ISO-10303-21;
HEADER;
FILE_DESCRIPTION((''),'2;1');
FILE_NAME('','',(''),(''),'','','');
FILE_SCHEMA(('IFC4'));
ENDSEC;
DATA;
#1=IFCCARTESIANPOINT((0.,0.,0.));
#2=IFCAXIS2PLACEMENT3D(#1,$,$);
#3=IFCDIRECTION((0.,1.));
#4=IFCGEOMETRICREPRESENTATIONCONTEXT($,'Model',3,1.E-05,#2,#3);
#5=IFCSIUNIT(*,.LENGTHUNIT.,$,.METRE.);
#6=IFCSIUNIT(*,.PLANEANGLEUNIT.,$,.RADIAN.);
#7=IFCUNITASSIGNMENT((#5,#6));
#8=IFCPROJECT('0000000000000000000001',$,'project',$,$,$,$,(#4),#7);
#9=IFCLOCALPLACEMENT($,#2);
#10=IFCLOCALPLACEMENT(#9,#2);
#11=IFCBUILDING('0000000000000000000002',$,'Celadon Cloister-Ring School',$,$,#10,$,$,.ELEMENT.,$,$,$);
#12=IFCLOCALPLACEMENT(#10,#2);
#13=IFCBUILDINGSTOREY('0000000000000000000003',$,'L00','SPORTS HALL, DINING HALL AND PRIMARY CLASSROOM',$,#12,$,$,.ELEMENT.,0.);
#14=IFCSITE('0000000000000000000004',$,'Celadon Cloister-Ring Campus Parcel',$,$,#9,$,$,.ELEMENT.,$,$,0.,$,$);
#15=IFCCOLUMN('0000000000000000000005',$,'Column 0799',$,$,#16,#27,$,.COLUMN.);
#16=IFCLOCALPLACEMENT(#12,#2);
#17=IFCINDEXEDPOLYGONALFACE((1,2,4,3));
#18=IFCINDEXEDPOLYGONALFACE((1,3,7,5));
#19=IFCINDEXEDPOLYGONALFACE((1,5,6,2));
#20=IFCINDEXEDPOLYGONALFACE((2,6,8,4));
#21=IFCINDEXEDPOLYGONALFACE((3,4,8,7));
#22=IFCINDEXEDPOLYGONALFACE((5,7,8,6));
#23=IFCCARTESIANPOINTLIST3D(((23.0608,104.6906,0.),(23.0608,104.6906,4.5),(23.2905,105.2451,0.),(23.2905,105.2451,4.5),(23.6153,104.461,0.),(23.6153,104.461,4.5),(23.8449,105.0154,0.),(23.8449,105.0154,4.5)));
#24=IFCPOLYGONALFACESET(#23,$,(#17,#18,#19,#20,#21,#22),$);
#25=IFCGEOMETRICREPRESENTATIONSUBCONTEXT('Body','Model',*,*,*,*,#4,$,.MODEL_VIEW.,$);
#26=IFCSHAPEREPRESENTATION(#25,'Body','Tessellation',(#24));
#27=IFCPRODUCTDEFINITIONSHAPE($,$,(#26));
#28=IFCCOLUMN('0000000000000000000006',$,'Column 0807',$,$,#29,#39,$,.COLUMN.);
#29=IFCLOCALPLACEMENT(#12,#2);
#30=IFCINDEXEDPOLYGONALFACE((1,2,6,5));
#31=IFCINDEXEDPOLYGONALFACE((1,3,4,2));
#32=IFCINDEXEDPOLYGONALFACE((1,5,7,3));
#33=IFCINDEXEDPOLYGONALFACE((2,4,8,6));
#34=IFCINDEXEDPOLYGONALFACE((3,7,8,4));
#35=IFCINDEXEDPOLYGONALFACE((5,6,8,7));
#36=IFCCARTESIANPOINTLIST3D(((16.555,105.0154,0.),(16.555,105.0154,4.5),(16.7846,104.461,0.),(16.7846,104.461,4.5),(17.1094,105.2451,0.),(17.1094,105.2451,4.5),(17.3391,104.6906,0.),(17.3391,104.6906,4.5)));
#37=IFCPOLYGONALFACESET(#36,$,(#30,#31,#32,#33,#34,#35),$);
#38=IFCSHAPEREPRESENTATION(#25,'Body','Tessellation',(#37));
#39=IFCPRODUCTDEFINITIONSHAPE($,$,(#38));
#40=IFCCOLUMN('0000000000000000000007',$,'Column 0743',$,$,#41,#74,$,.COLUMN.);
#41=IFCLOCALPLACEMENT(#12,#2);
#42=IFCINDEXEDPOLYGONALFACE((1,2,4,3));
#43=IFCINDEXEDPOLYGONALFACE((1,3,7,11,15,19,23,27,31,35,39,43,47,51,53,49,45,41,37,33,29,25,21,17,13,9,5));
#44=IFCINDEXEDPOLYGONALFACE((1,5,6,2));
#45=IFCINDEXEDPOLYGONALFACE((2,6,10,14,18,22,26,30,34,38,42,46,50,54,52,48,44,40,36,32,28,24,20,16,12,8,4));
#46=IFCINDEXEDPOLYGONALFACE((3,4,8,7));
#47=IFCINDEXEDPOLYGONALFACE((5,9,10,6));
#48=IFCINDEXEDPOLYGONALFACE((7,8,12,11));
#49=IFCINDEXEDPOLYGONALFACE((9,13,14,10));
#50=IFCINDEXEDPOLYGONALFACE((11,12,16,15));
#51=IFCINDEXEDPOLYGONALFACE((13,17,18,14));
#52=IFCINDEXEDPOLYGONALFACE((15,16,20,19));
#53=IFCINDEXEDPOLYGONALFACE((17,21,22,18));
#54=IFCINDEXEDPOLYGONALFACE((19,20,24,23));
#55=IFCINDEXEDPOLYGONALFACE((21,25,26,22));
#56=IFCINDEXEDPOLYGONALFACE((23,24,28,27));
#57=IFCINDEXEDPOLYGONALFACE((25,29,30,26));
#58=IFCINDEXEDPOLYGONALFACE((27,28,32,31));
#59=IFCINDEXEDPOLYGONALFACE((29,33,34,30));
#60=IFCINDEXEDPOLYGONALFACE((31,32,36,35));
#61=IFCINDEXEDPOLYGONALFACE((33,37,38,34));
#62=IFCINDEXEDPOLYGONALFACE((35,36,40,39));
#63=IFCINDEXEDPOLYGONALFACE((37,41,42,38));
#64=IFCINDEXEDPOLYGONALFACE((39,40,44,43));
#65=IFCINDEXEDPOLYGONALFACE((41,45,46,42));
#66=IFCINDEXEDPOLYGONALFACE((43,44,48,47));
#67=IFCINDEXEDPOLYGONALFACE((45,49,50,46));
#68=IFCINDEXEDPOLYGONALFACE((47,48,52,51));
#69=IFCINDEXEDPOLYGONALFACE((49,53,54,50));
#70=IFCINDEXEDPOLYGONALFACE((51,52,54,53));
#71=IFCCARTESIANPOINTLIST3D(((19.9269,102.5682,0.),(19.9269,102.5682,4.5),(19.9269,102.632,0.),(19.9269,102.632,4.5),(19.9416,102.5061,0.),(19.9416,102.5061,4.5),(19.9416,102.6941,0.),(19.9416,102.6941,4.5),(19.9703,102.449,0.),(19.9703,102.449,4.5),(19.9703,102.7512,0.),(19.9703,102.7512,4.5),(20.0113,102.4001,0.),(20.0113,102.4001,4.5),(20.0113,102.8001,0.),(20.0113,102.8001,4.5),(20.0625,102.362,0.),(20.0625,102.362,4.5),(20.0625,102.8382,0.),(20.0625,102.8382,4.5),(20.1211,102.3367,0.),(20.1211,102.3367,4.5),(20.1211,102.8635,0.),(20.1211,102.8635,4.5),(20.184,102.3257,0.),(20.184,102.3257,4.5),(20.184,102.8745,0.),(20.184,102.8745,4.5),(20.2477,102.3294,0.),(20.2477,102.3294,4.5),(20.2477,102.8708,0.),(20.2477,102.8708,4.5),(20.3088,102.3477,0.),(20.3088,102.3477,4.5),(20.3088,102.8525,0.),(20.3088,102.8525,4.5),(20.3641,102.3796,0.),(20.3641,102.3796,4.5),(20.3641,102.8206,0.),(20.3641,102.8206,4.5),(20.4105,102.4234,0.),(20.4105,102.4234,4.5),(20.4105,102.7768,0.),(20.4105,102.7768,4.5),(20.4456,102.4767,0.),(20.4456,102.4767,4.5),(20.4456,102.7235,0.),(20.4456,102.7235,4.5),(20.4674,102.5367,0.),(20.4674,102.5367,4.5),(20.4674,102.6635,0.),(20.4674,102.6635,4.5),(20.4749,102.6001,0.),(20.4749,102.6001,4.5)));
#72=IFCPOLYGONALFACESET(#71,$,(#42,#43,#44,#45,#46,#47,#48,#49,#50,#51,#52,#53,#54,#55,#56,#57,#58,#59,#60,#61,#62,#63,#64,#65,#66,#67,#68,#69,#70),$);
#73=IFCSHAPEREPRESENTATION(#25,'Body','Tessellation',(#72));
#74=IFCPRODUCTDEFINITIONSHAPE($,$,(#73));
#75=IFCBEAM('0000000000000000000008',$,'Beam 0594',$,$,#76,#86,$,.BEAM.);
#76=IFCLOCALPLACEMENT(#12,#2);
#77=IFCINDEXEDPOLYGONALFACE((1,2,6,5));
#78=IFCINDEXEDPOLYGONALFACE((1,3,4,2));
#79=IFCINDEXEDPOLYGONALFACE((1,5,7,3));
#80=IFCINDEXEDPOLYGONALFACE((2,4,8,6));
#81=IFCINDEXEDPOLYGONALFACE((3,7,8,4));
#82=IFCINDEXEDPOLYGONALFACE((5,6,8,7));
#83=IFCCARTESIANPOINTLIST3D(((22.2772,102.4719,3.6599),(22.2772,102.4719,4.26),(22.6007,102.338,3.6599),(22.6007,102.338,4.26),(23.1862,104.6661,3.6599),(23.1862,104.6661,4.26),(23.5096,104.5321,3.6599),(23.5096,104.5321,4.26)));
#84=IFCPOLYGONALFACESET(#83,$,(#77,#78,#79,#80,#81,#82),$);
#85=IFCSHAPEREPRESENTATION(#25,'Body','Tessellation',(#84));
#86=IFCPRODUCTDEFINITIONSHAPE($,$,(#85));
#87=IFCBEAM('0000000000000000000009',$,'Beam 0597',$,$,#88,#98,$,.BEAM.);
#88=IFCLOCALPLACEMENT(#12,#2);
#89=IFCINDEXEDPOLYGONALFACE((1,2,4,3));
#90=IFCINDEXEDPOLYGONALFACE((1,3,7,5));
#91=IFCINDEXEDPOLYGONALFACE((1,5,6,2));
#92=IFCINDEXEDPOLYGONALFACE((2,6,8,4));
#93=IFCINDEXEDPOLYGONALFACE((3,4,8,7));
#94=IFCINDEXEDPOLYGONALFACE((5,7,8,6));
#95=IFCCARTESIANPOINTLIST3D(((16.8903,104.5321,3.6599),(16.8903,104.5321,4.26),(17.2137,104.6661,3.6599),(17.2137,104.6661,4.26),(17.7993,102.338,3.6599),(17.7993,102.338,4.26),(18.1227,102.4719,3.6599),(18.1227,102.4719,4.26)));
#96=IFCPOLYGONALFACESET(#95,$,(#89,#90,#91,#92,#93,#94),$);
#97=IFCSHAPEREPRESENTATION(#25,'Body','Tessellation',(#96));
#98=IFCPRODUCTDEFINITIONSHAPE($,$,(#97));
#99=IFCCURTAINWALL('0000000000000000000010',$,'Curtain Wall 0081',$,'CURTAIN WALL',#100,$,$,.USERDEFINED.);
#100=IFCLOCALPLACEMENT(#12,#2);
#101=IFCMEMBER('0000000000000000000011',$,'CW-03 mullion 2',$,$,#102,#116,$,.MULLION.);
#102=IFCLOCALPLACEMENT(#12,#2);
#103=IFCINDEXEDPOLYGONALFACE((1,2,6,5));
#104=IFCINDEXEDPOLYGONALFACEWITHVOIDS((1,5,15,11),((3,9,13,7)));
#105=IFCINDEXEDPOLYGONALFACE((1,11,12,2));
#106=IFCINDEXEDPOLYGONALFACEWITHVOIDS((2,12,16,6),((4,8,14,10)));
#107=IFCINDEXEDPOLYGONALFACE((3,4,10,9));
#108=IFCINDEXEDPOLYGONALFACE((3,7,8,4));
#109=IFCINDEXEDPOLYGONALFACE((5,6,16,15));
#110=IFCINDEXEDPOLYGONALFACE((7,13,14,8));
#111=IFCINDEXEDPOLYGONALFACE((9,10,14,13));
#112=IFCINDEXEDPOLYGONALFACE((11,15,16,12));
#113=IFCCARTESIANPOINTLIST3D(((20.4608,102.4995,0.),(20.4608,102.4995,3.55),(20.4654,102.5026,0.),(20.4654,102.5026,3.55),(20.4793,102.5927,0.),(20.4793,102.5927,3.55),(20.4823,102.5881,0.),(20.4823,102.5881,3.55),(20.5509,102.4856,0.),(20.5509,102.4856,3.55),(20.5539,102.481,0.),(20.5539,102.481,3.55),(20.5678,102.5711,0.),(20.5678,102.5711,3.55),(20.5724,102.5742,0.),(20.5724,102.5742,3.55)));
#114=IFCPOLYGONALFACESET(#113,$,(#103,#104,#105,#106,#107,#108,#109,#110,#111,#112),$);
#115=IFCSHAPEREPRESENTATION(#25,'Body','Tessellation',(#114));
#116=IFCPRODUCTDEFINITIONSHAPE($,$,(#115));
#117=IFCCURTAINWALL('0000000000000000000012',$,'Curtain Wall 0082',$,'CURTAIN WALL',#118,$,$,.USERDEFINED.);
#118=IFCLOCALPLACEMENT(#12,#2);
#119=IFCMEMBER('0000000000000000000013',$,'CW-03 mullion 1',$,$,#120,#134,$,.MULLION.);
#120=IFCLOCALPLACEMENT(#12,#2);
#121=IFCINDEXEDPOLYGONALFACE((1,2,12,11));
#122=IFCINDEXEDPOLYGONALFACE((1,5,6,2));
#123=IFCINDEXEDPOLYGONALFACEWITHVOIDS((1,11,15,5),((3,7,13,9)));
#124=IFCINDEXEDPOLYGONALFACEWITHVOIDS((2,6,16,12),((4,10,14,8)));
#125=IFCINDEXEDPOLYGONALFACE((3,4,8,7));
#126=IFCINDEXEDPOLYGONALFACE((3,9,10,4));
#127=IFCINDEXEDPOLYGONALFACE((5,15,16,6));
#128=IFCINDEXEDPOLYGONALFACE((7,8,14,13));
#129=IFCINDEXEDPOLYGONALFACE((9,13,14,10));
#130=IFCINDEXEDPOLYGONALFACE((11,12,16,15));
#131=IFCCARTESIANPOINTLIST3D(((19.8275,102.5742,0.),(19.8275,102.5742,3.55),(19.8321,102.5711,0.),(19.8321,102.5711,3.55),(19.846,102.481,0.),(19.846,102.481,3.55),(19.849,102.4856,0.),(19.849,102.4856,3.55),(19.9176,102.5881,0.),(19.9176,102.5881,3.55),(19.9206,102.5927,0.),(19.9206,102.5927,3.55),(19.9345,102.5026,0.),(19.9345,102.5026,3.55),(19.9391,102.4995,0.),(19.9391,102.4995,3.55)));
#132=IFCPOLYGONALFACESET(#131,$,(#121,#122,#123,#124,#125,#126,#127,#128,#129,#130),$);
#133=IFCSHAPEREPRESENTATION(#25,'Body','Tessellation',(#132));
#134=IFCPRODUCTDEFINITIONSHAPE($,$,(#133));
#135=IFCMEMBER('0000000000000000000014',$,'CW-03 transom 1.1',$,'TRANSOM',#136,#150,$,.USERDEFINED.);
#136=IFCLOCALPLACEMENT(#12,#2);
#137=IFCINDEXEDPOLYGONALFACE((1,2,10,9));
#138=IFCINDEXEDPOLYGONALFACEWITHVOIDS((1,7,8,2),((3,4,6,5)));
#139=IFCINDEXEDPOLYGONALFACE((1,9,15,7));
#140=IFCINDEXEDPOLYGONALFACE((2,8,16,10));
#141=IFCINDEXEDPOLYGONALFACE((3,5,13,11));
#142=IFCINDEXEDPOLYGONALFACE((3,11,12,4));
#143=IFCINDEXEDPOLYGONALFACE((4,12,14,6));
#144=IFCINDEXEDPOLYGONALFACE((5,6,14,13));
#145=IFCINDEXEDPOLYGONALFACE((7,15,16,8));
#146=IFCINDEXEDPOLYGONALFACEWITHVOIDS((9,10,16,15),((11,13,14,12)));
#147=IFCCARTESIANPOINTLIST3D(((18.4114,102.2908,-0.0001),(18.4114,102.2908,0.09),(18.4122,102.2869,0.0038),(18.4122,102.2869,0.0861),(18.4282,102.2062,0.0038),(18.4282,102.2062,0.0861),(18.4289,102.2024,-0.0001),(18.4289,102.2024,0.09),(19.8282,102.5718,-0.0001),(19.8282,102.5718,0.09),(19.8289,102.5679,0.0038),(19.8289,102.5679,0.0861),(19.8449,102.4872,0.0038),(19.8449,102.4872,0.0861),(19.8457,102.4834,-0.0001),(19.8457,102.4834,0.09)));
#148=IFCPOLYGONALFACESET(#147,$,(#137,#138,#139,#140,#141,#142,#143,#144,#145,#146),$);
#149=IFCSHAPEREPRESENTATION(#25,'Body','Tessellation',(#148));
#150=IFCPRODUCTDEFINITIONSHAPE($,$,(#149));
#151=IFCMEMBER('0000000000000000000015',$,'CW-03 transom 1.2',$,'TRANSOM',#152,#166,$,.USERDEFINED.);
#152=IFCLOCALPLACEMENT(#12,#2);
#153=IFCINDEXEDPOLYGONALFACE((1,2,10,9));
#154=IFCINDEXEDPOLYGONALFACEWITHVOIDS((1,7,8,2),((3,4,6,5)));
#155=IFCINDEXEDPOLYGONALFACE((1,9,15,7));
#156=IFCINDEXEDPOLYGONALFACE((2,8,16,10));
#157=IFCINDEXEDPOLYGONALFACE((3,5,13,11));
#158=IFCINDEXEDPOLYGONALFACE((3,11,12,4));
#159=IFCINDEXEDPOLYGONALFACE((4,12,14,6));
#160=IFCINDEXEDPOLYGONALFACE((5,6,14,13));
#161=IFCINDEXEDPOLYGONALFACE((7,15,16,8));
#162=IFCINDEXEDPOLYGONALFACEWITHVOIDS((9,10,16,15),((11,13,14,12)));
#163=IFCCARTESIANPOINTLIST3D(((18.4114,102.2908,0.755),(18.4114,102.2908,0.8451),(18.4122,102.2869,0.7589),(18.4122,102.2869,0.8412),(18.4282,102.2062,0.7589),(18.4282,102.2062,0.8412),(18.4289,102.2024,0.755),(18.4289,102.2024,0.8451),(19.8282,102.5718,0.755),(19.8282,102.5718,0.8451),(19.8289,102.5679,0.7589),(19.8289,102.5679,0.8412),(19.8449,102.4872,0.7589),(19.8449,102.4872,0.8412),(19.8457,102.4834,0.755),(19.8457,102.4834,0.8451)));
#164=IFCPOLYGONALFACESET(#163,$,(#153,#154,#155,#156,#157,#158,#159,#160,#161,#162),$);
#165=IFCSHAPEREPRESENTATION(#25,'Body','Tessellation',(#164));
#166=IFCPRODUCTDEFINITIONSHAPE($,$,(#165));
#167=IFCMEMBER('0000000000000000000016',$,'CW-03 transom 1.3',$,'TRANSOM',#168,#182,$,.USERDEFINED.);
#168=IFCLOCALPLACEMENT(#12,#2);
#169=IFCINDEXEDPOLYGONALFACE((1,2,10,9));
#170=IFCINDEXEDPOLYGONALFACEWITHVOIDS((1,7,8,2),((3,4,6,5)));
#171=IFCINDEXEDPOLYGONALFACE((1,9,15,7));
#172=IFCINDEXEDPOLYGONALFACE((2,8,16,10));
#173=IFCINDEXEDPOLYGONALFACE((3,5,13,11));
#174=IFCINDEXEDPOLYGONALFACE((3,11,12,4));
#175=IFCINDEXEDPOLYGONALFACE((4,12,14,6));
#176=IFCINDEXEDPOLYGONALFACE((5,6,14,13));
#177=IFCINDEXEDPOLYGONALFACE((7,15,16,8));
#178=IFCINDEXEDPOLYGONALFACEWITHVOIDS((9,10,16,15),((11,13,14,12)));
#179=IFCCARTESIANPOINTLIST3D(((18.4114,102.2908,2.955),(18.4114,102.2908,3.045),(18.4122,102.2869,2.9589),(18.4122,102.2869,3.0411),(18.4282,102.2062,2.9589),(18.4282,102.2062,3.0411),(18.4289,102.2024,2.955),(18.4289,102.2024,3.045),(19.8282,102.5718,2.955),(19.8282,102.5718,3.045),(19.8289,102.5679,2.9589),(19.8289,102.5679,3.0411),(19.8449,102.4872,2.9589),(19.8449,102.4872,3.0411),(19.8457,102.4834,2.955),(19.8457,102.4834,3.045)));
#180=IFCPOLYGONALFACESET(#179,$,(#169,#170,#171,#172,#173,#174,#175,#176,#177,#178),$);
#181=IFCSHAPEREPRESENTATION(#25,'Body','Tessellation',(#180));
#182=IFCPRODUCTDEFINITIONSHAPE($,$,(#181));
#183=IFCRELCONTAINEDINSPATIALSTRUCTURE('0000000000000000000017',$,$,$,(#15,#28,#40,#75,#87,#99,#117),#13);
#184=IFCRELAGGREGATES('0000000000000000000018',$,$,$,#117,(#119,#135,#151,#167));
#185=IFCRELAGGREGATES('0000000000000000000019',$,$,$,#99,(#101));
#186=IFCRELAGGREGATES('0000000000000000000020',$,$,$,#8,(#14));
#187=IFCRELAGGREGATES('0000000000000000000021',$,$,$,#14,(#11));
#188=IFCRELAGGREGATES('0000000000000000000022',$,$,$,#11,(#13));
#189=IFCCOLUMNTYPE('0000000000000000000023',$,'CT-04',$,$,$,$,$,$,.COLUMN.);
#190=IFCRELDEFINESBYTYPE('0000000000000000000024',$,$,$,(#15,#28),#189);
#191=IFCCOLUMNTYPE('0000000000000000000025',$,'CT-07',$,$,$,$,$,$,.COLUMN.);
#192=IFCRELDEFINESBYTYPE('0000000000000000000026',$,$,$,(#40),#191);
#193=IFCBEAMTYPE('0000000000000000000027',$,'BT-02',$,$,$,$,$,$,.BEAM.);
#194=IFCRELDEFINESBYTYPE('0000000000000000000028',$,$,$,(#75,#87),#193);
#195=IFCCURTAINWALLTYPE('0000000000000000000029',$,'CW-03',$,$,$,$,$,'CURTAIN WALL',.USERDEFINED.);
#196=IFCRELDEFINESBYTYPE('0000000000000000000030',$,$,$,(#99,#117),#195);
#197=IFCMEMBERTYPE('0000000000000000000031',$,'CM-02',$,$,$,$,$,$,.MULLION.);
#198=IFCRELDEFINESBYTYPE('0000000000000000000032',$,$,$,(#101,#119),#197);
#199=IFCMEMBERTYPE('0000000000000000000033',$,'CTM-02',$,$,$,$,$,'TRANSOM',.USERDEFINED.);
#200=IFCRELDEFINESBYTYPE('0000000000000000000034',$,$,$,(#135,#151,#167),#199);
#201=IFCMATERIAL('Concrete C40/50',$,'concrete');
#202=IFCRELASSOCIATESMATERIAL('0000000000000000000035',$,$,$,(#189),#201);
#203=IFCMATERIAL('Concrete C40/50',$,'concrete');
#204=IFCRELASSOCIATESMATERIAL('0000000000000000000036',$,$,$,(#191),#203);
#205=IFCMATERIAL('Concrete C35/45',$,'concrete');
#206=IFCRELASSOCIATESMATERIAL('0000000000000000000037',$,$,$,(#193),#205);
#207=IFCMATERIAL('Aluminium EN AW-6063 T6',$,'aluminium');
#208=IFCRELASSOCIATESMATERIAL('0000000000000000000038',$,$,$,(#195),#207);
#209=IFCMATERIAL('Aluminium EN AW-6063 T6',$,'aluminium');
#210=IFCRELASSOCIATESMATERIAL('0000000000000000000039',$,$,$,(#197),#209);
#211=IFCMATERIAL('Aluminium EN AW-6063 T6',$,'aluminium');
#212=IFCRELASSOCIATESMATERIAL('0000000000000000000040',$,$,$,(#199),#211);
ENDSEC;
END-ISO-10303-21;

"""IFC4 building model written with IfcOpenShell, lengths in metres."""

from ifc_helpers import new_model, si_unit, direction, frame, origin, origin_2d, place, context, subcontext, project, spatial, rectangle, hollow_rectangle, circle, extrude, material, material_profile, profile_set, type_object, element, aggregate, save


model = new_model("IFC4")

# Units and contexts
model_context = context("Model", 3, precision=1e-05, world=origin(), true_north=direction((0.0, 1.0)))
body_context = subcontext(model_context, "Body", "Model", "MODEL_VIEW")
ifc_project = project(units=[si_unit("LENGTHUNIT", "METRE"), si_unit("PLANEANGLEUNIT", "RADIAN")], contexts=[model_context])

# Site, building, storey
site_placement = place(None, origin())
site = spatial("IfcSite", under=ifc_project, at=site_placement, Name="Celadon Cloister-Ring Campus Parcel", CompositionType="ELEMENT", RefElevation=0.0)
building_placement = place(site_placement, origin())
building = spatial("IfcBuilding", under=site, at=building_placement, Name="Celadon Cloister-Ring School", CompositionType="ELEMENT")
storey_placement = place(building_placement, origin())
storey = spatial("IfcBuildingStorey", under=building, at=storey_placement, Name="L00", Description="SPORTS HALL, DINING HALL AND PRIMARY CLASSROOM", CompositionType="ELEMENT", Elevation=0.0)

# Columns
ifc_material_1 = material(Name="Concrete C40/50", Category="concrete")
ifc_material_profile_1 = material_profile(ifc_material_1, rectangle(XDim=0.6001, YDim=0.6001, at=origin_2d()), Name="RC600X600")
ifc_profile_set_1 = profile_set([ifc_material_profile_1], Name="Concrete C40/50")
column_type_1 = type_object("IfcColumnType", Name="CT-04", PredefinedType="COLUMN", material=ifc_profile_set_1)
for number, where, z_axis, x_axis, name in (
    (1, (23.4529, 104.853, 0.0), (0.0, 0.0, 1.0), (0.382683, 0.92388, 0.0), "Column 0799"),
    (2, (16.947, 104.853, 0.0), (0.0, 0.0, 1.0), (-0.382683, 0.92388, 0.0), "Column 0807"),
):
    element("IfcColumn", number, at=place(storey_placement, frame(where, z_axis=z_axis, x_axis=x_axis)), inside=storey, type_object=column_type_1, Name=name, PredefinedType="COLUMN", context=body_context, shape_type="SweptSolid", body=[
        extrude(rectangle(XDim=0.6001, YDim=0.6001, at=origin_2d()), origin(), (0.0, 0.0, 1.0), 4.5),
    ])
ifc_material_2 = material(Name="Concrete C40/50", Category="concrete")
ifc_material_profile_2 = material_profile(ifc_material_2, circle(Radius=0.2749, at=origin_2d()), Name="CIRC550")
ifc_profile_set_2 = profile_set([ifc_material_profile_2], Name="Concrete C40/50")
column_type_2 = type_object("IfcColumnType", Name="CT-07", PredefinedType="COLUMN", material=ifc_profile_set_2)
column_placement = place(storey_placement, frame((20.2, 102.6001, 0.0), z_axis=(0.0, 0.0, 1.0), x_axis=(1.0, 0.0, 0.0)))
element("IfcColumn", 3, at=column_placement, inside=storey, type_object=column_type_2, Name="Column 0743", PredefinedType="COLUMN", context=body_context, shape_type="SweptSolid", body=[
    extrude(circle(Radius=0.2749, at=origin_2d()), origin(), (0.0, 0.0, 1.0), 4.5),
])

# Beams
ifc_material_3 = material(Name="Concrete C35/45", Category="concrete")
ifc_material_profile_3 = material_profile(ifc_material_3, rectangle(XDim=0.3501, YDim=0.6001, at=origin_2d()), Name="RC350X600")
ifc_profile_set_3 = profile_set([ifc_material_profile_3], Name="Concrete C35/45")
beam_type_1 = type_object("IfcBeamType", Name="BT-02", PredefinedType="BEAM", material=ifc_profile_set_3)
for number, where, z_axis, x_axis, name in (
    (4, (23.3479, 104.5991, 3.96), (-0.382724, -0.923863, 0.0), (0.923863, -0.382724, 0.0), "Beam 0594"),
    (5, (17.052, 104.5991, 3.96), (0.382724, -0.923863, 0.0), (0.923863, 0.382724, 0.0), "Beam 0597"),
):
    element("IfcBeam", number, at=place(storey_placement, frame(where, z_axis=z_axis, x_axis=x_axis)), inside=storey, type_object=beam_type_1, Name=name, PredefinedType="BEAM", context=body_context, shape_type="SweptSolid", body=[
        extrude(rectangle(XDim=0.3501, YDim=0.6001, at=origin_2d()), origin(), (0.0, 0.0, 1.0), 2.375),
    ])

# Curtain wall, member
ifc_material_4 = material(Name="Aluminium EN AW-6063 T6", Category="aluminium")
curtain_wall_type = type_object("IfcCurtainWallType", Name="CW-03", ElementType="CURTAIN WALL", PredefinedType="USERDEFINED", material=ifc_material_4)
curtain_wall_1_placement = place(storey_placement, origin())
curtain_wall_1 = element("IfcCurtainWall", 6, at=curtain_wall_1_placement, inside=storey, type_object=curtain_wall_type, Name="Curtain Wall 0081", ObjectType="CURTAIN WALL", PredefinedType="USERDEFINED")
ifc_material_5 = material(Name="Aluminium EN AW-6063 T6", Category="aluminium")
ifc_material_profile_4 = material_profile(ifc_material_5, hollow_rectangle(XDim=0.095, YDim=0.095, WallThickness=0.0039, at=origin_2d()), Name="RHS95X95X4")
ifc_profile_set_4 = profile_set([ifc_material_profile_4], Name="Aluminium EN AW-6063 T6")
member_type_1 = type_object("IfcMemberType", Name="CM-02", PredefinedType="MULLION", material=ifc_profile_set_4)
member_1_placement = place(storey_placement, frame((20.5166, 102.5369, 0.0), z_axis=(0.0, 0.0, 1.0), x_axis=(-0.194586, -0.980885, 0.0)))
member_1 = element("IfcMember", 7, at=member_1_placement, type_object=member_type_1, Name="CW-03 mullion 2", PredefinedType="MULLION", context=body_context, shape_type="SweptSolid", body=[
    extrude(hollow_rectangle(XDim=0.095, YDim=0.095, WallThickness=0.0039, at=origin_2d()), origin(), (0.0, 0.0, 1.0), 3.55),
])

# Curtain wall, members
curtain_wall_2_placement = place(storey_placement, origin())
curtain_wall_2 = element("IfcCurtainWall", 8, at=curtain_wall_2_placement, inside=storey, type_object=curtain_wall_type, Name="Curtain Wall 0082", ObjectType="CURTAIN WALL", PredefinedType="USERDEFINED")
member_2_placement = place(storey_placement, frame((19.8833, 102.5369, 0.0), z_axis=(0.0, 0.0, 1.0), x_axis=(0.194586, -0.980885, 0.0)))
member_2 = element("IfcMember", 9, at=member_2_placement, type_object=member_type_1, Name="CW-03 mullion 1", PredefinedType="MULLION", context=body_context, shape_type="SweptSolid", body=[
    extrude(hollow_rectangle(XDim=0.095, YDim=0.095, WallThickness=0.0039, at=origin_2d()), origin(), (0.0, 0.0, 1.0), 3.55),
])
ifc_material_6 = material(Name="Aluminium EN AW-6063 T6", Category="aluminium")
ifc_material_profile_5 = material_profile(ifc_material_6, hollow_rectangle(XDim=0.0901, YDim=0.0901, WallThickness=0.0039, at=origin_2d()), Name="RHS90X90X4")
ifc_profile_set_5 = profile_set([ifc_material_profile_5], Name="Aluminium EN AW-6063 T6")
member_type_2 = type_object("IfcMemberType", Name="CTM-02", ElementType="TRANSOM", PredefinedType="USERDEFINED", material=ifc_profile_set_5)
member_3_placement = place(storey_placement, frame((19.8369, 102.5276, 0.0449), z_axis=(-0.980891, -0.194556, 0.0), x_axis=(0.194556, -0.980891, 0.0)))
member_3 = element("IfcMember", 10, at=member_3_placement, type_object=member_type_2, Name="CW-03 transom 1.1", ObjectType="TRANSOM", PredefinedType="USERDEFINED", context=body_context, shape_type="SweptSolid", body=[
    extrude(hollow_rectangle(XDim=0.0901, YDim=0.0901, WallThickness=0.0039, at=origin_2d()), origin(), (0.0, 0.0, 1.0), 1.4443),
])
member_4_placement = place(storey_placement, frame((19.8369, 102.5276, 0.8), z_axis=(-0.980891, -0.194556, 0.0), x_axis=(0.194556, -0.980891, 0.0)))
member_4 = element("IfcMember", 11, at=member_4_placement, type_object=member_type_2, Name="CW-03 transom 1.2", ObjectType="TRANSOM", PredefinedType="USERDEFINED", context=body_context, shape_type="SweptSolid", body=[
    extrude(hollow_rectangle(XDim=0.0901, YDim=0.0901, WallThickness=0.0039, at=origin_2d()), origin(), (0.0, 0.0, 1.0), 1.4443),
])
member_5_placement = place(storey_placement, frame((19.8369, 102.5276, 3.0), z_axis=(-0.980891, -0.194556, 0.0), x_axis=(0.194556, -0.980891, 0.0)))
member_5 = element("IfcMember", 12, at=member_5_placement, type_object=member_type_2, Name="CW-03 transom 1.3", ObjectType="TRANSOM", PredefinedType="USERDEFINED", context=body_context, shape_type="SweptSolid", body=[
    extrude(hollow_rectangle(XDim=0.0901, YDim=0.0901, WallThickness=0.0039, at=origin_2d()), origin(), (0.0, 0.0, 1.0), 1.4443),
])
aggregate(curtain_wall_2, [member_2, member_3, member_4, member_5])

aggregate(curtain_wall_1, [member_1])

save(model, "model.ifc")
